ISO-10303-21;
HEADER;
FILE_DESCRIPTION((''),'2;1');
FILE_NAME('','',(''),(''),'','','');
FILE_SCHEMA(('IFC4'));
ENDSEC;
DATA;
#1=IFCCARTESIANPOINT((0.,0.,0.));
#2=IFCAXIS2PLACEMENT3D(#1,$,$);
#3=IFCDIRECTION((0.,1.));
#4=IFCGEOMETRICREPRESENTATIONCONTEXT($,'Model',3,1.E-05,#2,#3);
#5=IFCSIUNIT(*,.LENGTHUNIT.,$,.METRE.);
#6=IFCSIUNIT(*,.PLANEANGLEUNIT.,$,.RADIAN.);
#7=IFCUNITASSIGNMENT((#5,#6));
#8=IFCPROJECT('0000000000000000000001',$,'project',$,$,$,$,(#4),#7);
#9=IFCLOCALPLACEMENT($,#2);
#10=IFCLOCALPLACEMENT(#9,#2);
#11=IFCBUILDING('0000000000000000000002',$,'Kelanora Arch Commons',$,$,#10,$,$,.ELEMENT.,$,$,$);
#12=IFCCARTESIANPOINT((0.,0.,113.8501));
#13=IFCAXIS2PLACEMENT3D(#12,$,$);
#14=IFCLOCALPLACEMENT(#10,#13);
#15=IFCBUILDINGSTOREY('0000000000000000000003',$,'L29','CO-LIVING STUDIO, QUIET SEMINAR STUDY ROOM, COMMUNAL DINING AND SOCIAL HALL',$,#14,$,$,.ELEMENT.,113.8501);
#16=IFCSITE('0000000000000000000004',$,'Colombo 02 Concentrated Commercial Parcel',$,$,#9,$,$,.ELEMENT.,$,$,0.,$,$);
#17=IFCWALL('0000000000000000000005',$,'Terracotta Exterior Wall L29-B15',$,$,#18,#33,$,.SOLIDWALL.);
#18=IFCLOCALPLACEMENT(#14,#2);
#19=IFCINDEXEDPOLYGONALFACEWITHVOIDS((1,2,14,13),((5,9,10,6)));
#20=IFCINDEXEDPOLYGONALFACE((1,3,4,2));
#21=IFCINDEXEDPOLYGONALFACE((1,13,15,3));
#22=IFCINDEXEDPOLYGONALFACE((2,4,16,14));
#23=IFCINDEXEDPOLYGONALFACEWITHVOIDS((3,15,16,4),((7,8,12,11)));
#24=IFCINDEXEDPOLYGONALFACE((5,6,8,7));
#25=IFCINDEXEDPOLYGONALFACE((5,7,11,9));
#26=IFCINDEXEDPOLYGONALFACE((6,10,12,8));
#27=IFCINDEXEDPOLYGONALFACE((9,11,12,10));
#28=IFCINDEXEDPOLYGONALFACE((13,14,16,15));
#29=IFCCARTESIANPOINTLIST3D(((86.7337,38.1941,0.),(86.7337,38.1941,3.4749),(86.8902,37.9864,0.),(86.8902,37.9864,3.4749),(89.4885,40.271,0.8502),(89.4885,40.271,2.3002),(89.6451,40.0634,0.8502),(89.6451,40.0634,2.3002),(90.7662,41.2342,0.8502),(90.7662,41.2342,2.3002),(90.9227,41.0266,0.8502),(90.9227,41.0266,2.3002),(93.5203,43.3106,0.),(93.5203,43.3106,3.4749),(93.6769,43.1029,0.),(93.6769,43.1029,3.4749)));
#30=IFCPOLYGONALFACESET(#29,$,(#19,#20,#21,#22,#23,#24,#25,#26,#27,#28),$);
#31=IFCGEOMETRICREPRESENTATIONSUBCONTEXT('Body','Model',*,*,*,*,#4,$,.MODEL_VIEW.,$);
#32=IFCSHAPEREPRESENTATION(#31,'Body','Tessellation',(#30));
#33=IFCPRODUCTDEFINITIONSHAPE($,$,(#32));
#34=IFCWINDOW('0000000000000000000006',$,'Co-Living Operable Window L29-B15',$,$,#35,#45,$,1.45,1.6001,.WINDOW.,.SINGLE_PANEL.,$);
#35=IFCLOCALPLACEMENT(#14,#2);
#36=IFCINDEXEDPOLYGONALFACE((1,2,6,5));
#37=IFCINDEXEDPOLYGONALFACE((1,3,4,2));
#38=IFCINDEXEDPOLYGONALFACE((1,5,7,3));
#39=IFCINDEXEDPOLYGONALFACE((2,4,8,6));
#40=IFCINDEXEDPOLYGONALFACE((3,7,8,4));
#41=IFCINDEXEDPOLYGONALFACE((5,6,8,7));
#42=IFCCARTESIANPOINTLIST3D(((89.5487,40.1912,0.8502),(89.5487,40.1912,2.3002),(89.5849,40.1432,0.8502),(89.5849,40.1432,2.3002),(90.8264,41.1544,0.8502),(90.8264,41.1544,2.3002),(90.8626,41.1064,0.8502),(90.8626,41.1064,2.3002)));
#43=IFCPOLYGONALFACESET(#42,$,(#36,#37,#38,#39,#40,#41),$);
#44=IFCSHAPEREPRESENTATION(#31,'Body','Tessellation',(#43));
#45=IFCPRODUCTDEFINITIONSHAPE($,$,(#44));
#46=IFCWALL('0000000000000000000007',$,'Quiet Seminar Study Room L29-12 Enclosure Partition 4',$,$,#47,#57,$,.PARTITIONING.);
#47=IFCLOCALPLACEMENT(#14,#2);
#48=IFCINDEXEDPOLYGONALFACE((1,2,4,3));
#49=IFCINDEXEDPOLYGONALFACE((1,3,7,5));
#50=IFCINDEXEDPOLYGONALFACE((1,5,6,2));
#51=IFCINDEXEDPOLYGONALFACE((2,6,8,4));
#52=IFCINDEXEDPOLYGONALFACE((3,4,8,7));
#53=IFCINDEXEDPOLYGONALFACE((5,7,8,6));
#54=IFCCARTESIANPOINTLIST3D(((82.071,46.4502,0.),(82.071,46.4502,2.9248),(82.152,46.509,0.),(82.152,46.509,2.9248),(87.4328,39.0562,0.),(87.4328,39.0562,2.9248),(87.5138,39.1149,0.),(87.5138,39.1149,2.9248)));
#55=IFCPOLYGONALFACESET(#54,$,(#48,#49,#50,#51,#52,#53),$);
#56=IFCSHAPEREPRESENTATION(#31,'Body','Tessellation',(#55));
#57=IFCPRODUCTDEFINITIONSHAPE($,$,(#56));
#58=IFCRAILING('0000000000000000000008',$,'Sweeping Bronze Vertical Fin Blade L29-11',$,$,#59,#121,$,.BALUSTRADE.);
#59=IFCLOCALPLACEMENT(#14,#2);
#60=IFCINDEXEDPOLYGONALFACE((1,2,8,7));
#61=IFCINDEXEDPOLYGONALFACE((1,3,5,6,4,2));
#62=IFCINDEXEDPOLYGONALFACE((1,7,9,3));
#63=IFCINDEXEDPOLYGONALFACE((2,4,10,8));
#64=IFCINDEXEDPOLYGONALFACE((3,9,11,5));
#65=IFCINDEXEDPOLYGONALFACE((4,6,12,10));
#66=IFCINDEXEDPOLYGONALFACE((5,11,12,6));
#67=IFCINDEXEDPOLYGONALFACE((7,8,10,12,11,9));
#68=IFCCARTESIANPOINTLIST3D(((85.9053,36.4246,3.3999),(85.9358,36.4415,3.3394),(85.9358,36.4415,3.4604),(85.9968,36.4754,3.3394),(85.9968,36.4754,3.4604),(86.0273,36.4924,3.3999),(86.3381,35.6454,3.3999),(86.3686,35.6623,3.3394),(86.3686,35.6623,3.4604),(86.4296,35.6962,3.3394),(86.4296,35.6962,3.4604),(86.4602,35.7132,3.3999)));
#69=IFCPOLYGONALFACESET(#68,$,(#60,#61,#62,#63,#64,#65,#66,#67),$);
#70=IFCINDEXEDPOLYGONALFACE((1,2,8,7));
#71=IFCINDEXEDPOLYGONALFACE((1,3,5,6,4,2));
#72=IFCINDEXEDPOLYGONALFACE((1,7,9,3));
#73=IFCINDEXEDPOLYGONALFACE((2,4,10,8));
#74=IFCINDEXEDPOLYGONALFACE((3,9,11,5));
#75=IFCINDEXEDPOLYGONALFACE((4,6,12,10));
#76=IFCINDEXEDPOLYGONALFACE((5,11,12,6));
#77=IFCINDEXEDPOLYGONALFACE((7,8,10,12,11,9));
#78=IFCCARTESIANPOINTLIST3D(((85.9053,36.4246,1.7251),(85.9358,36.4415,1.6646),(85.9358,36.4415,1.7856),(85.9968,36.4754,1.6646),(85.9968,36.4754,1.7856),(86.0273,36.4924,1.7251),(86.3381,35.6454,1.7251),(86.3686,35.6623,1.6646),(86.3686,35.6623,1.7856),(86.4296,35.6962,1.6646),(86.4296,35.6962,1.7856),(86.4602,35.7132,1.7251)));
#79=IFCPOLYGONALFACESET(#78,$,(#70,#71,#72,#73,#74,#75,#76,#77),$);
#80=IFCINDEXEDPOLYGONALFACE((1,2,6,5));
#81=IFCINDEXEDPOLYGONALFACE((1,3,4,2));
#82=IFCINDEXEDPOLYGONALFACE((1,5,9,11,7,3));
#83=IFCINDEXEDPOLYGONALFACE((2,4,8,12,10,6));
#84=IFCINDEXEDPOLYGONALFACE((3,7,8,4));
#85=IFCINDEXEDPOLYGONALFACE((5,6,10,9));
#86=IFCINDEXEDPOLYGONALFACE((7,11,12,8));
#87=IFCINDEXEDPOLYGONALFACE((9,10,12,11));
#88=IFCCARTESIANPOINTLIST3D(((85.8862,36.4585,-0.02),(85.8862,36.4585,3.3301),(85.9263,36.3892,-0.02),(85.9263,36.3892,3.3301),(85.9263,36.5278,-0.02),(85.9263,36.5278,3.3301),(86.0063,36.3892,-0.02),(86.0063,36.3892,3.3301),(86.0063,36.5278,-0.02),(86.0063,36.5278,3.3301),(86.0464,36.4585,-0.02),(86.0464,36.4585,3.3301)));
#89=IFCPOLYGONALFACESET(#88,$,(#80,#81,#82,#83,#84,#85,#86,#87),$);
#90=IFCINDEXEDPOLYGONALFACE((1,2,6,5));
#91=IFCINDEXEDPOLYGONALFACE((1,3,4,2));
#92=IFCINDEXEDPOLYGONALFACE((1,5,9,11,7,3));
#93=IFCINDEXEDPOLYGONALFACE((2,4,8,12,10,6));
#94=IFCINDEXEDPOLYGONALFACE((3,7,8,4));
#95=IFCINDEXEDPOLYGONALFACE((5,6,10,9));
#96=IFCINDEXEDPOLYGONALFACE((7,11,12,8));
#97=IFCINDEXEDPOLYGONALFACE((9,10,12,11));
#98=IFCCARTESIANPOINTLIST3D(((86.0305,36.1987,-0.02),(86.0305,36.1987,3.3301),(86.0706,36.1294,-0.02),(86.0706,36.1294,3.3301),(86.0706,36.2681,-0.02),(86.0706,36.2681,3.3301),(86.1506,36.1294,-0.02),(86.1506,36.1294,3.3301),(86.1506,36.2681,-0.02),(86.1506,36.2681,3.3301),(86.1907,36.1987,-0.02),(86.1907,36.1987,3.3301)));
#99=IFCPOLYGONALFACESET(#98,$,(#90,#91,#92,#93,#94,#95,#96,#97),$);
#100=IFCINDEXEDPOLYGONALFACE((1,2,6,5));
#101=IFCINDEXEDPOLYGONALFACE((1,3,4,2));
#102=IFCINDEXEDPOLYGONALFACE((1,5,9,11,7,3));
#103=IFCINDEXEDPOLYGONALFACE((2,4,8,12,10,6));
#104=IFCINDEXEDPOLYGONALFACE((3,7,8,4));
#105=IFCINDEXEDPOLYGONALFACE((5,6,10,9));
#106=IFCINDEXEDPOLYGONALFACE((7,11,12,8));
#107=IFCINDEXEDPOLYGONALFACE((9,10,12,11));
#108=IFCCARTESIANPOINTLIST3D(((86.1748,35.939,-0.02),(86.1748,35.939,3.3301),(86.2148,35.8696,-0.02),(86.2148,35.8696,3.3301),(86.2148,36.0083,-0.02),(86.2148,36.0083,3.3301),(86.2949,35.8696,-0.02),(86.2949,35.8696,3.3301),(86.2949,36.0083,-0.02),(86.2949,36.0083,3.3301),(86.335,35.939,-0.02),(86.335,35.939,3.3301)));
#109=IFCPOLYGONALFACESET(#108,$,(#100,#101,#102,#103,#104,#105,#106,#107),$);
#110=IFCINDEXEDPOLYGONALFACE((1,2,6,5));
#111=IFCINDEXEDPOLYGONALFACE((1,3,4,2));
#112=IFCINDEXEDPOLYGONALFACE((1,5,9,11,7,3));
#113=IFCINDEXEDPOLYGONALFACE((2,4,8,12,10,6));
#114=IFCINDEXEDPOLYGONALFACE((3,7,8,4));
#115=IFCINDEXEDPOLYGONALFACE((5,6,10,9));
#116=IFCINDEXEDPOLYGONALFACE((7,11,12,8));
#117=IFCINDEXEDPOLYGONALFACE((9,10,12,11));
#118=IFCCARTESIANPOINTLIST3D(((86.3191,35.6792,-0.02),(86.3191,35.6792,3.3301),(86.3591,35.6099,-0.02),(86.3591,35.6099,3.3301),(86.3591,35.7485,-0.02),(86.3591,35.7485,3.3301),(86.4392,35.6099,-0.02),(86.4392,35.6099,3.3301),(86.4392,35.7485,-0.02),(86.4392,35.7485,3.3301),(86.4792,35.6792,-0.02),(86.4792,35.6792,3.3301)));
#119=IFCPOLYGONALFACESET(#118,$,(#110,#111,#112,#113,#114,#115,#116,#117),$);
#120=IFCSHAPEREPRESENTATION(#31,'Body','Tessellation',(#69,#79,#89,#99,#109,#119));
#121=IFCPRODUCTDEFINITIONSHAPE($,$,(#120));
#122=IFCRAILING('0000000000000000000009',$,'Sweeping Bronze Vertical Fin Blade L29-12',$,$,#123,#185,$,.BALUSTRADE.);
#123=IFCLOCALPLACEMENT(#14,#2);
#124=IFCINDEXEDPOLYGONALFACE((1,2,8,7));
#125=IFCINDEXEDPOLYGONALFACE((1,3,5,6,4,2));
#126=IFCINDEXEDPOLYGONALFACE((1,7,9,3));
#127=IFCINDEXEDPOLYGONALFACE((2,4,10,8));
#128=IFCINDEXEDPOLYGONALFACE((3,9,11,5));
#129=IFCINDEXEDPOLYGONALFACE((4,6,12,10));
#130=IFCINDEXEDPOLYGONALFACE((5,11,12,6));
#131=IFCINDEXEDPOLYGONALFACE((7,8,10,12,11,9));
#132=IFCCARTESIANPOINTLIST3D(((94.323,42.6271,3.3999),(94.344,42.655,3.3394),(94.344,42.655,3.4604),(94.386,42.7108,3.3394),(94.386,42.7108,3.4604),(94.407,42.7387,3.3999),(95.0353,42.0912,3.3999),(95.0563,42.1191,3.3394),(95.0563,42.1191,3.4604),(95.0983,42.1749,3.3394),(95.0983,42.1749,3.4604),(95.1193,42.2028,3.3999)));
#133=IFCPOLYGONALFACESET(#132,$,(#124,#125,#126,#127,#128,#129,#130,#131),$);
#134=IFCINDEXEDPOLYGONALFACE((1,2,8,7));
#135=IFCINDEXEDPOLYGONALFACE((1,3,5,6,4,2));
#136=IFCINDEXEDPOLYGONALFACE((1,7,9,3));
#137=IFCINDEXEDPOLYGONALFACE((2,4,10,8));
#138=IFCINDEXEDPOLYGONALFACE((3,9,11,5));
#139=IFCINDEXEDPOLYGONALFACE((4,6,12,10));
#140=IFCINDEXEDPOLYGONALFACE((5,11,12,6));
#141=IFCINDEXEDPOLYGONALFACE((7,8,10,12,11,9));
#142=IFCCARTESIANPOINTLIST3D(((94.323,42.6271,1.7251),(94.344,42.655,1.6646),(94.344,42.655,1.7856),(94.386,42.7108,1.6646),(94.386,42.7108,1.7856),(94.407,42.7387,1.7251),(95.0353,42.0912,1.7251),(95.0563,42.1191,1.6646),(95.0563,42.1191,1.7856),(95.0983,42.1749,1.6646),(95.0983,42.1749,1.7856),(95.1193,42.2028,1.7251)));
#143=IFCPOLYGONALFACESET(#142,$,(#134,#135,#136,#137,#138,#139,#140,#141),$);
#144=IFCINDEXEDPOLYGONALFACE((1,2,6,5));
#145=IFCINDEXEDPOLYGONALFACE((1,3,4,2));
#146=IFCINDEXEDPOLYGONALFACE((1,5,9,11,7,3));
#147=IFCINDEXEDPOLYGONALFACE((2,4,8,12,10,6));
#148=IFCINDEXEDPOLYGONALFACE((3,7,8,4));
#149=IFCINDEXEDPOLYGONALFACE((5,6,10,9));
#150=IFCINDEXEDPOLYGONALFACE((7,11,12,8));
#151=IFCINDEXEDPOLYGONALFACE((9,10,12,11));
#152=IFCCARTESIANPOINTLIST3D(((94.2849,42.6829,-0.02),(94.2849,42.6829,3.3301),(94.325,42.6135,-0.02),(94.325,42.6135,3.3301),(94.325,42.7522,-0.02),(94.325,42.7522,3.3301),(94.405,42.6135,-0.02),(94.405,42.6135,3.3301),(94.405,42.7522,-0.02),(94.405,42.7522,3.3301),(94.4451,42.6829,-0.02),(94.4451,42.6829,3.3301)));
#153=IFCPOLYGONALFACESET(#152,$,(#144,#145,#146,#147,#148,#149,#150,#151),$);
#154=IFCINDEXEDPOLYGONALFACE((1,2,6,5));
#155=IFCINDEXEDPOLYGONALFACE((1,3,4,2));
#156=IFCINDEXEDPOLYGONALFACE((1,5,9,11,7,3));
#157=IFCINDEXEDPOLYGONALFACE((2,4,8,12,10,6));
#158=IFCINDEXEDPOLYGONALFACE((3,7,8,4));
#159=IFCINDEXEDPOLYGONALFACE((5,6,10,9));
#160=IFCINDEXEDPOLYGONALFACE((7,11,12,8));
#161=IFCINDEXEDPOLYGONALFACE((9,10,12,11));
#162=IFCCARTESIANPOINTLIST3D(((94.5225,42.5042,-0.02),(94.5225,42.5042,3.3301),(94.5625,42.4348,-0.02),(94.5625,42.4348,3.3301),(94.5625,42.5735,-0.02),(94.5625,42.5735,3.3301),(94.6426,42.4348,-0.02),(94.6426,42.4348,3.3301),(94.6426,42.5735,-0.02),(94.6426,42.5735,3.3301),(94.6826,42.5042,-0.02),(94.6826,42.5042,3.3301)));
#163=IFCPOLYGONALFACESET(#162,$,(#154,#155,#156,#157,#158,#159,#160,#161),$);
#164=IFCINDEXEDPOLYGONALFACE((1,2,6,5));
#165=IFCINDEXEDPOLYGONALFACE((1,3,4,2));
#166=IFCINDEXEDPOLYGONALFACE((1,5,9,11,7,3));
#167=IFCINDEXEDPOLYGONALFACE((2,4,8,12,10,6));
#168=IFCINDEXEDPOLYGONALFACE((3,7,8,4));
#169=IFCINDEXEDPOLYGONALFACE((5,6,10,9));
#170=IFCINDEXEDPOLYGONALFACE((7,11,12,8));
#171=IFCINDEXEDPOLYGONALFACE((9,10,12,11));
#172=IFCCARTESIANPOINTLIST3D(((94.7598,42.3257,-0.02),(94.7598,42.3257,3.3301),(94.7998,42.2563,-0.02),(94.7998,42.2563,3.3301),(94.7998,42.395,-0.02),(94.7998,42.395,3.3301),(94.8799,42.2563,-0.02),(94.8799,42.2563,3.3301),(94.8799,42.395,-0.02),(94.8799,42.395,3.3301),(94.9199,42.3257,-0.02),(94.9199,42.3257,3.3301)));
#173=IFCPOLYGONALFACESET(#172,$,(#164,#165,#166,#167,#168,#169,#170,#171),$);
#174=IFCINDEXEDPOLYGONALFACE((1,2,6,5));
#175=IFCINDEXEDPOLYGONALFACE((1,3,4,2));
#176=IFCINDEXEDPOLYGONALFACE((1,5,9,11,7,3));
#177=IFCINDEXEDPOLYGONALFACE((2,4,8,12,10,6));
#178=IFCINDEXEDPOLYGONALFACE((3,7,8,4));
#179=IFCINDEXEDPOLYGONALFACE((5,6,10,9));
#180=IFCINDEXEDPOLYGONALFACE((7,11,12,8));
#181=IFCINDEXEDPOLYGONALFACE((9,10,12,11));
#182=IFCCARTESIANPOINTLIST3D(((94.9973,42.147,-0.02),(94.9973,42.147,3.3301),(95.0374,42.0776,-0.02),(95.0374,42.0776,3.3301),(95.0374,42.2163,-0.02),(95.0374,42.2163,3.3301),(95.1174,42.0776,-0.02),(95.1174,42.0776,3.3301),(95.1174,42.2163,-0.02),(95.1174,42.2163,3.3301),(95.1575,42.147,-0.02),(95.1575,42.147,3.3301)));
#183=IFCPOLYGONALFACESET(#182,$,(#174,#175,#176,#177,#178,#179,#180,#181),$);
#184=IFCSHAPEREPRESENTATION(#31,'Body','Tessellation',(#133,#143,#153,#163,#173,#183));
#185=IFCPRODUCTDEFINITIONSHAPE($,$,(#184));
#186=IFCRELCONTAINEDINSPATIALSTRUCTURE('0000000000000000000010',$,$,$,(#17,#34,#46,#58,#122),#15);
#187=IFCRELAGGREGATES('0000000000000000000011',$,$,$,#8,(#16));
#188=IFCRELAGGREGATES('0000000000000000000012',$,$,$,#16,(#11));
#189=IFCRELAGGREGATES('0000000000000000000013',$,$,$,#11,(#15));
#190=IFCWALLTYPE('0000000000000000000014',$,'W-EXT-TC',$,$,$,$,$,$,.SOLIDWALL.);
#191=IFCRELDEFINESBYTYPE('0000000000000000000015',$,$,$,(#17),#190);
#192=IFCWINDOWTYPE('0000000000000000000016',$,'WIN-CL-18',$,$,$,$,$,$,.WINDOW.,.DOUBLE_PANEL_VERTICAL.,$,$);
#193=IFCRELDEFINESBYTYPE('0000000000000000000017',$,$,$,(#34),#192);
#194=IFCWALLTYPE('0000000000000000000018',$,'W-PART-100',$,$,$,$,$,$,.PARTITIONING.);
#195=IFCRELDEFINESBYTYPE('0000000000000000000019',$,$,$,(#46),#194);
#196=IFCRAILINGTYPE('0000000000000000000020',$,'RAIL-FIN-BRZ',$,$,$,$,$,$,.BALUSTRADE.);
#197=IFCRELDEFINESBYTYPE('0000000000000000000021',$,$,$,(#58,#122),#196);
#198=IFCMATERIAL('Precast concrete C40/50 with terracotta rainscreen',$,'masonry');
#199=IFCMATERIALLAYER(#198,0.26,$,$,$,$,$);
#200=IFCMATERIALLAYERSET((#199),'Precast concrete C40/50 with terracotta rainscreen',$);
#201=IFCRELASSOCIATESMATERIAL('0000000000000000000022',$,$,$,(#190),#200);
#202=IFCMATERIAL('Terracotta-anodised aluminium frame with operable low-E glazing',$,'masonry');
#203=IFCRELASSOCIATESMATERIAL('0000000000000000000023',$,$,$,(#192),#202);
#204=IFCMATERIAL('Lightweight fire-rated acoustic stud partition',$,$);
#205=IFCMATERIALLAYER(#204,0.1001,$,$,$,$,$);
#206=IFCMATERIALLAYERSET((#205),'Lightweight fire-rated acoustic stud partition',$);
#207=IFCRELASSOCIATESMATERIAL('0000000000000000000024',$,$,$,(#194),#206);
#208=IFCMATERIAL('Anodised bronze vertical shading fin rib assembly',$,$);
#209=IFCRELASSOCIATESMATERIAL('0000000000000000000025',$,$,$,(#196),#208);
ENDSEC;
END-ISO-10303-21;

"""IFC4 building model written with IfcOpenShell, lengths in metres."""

from ifc_helpers import new_model, si_unit, direction, frame, frame_2d, origin, place, context, subcontext, project, spatial, polyline, rectangle, outline, extrude, material, layer, layer_set, type_object, element, fill, save


model = new_model("IFC4")

# Units and contexts
model_context = context("Model", 3, precision=1e-05, world=origin(), true_north=direction((0.0, 1.0)))
body_context = subcontext(model_context, "Body", "Model", "MODEL_VIEW")
ifc_project = project(units=[si_unit("LENGTHUNIT", "METRE"), si_unit("PLANEANGLEUNIT", "RADIAN")], contexts=[model_context])

# Site, building, storey
site_placement = place(None, origin())
site = spatial("IfcSite", under=ifc_project, at=site_placement, Name="Colombo 02 Concentrated Commercial Parcel", CompositionType="ELEMENT", RefElevation=0.0)
building_placement = place(site_placement, origin())
building = spatial("IfcBuilding", under=site, at=building_placement, Name="Kelanora Arch Commons", CompositionType="ELEMENT")
storey_placement = place(building_placement, frame((0.0, 0.0, 113.8501)))
storey = spatial("IfcBuildingStorey", under=building, at=storey_placement, Name="L29", Description="CO-LIVING STUDIO, QUIET SEMINAR STUDY ROOM, COMMUNAL DINING AND SOCIAL HALL", CompositionType="ELEMENT", Elevation=113.8501)

# Wall, opening, window
ifc_material_1 = material(Name="Precast concrete C40/50 with terracotta rainscreen", Category="masonry")
ifc_layer_1 = layer(ifc_material_1, 0.26)
ifc_layer_set_1 = layer_set([ifc_layer_1], Name="Precast concrete C40/50 with terracotta rainscreen")
wall_type_1 = type_object("IfcWallType", Name="W-EXT-TC", PredefinedType="SOLIDWALL", material=ifc_layer_set_1)
wall_1_placement = place(storey_placement, frame((86.812, 38.0903, 0.0), z_axis=(0.0, 0.0, 1.0), x_axis=(0.798502, 0.601993, 0.0)))
wall_1 = element("IfcWall", 1, at=wall_1_placement, inside=storey, type_object=wall_type_1, Name="Terracotta Exterior Wall L29-B15", PredefinedType="SOLIDWALL", context=body_context, shape_type="SweptSolid", body=[
    extrude(rectangle(XDim=8.4993, YDim=0.26, at=frame_2d((4.2495, 0.0))), origin(), (0.0, 0.0, 1.0), 3.4749),
])
opening_placement = place(wall_1_placement, frame((3.45, 0.0, 0.8501)))
opening = element("IfcOpeningElement", 2, at=opening_placement, cuts=wall_1, PredefinedType="OPENING", context=body_context, shape_type="SweptSolid", body=[
    extrude(rectangle(XDim=1.6001, YDim=1.45, at=frame_2d((0.8, 0.7251))), frame((0.0, 0.1401, 0.0), z_axis=(0.0, -1.0, 0.0), x_axis=(1.0, 0.0, 0.0)), (0.0, 0.0, 1.0), 0.28),
])
ifc_material_2 = material(Name="Terracotta-anodised aluminium frame with operable low-E glazing", Category="masonry")
window_type = type_object("IfcWindowType", Name="WIN-CL-18", PartitioningType="DOUBLE_PANEL_VERTICAL", PredefinedType="WINDOW", material=ifc_material_2)
window_placement = place(opening_placement, origin())
window = element("IfcWindow", 3, at=window_placement, inside=storey, type_object=window_type, Name="Co-Living Operable Window L29-B15", OverallHeight=1.45, OverallWidth=1.6001, PartitioningType="SINGLE_PANEL", PredefinedType="WINDOW", context=body_context, shape_type="SweptSolid", body=[
    extrude(rectangle(XDim=1.6001, YDim=1.45, at=frame_2d((0.8, 0.7251))), frame((0.0, 0.03, 0.0), z_axis=(0.0, -1.0, 0.0), x_axis=(1.0, 0.0, 0.0)), (0.0, 0.0, 1.0), 0.0601),
])
fill(opening, window)

# Wall
ifc_material_3 = material(Name="Lightweight fire-rated acoustic stud partition")
ifc_layer_2 = layer(ifc_material_3, 0.1001)
ifc_layer_set_2 = layer_set([ifc_layer_2], Name="Lightweight fire-rated acoustic stud partition")
wall_type_2 = type_object("IfcWallType", Name="W-PART-100", PredefinedType="PARTITIONING", material=ifc_layer_set_2)
wall_2_placement = place(storey_placement, frame((87.4734, 39.0854, 0.0), z_axis=(0.0, 0.0, 1.0), x_axis=(-0.587049, 0.809551, 0.0)))
element("IfcWall", 4, at=wall_2_placement, inside=storey, type_object=wall_type_2, Name="Quiet Seminar Study Room L29-12 Enclosure Partition 4", PredefinedType="PARTITIONING", context=body_context, shape_type="SweptSolid", body=[
    extrude(rectangle(XDim=9.1335, YDim=0.1001, at=frame_2d((4.5669, 0.0))), origin(), (0.0, 0.0, 1.0), 2.9248),
])

# Railings
ifc_material_4 = material(Name="Anodised bronze vertical shading fin rib assembly")
railing_type = type_object("IfcRailingType", Name="RAIL-FIN-BRZ", PredefinedType="BALUSTRADE", material=ifc_material_4)
railing_1_placement = place(storey_placement, frame((85.9663, 36.4585, -0.02)))
element("IfcRailing", 5, at=railing_1_placement, inside=storey, type_object=railing_type, Name="Sweeping Bronze Vertical Fin Blade L29-11", PredefinedType="BALUSTRADE", context=body_context, shape_type="SweptSolid", body=[
    extrude(outline(polyline([(0.0698, 0.0), (0.0349, 0.0605), (-0.0349, 0.0605), (-0.0698, 0.0), (-0.0349, -0.0605), (0.0349, -0.0605), (0.0698, 0.0)])), frame((0.0, 0.0, 3.4199), z_axis=(0.485573, -0.874196, 0.0), x_axis=(0.874196, 0.485573, 0.0)), (0.0, 0.0, 1.0), 0.8914),
    extrude(outline(polyline([(0.0698, 0.0), (0.0349, 0.0605), (-0.0349, 0.0605), (-0.0698, 0.0), (-0.0349, -0.0605), (0.0349, -0.0605), (0.0698, 0.0)])), frame((0.0, 0.0, 1.7451), z_axis=(0.485573, -0.874196, 0.0), x_axis=(0.874196, 0.485573, 0.0)), (0.0, 0.0, 1.0), 0.8914),
    extrude(outline(polyline([(0.0801, 0.0), (0.04, 0.0693), (-0.04, 0.0693), (-0.0801, 0.0), (-0.04, -0.0693), (0.04, -0.0693), (0.0801, 0.0)])), origin(), (0.0, 0.0, 1.0), 3.3501),
    extrude(outline(polyline([(0.0801, 0.0), (0.04, 0.0693), (-0.04, 0.0693), (-0.0801, 0.0), (-0.04, -0.0693), (0.04, -0.0693), (0.0801, 0.0)])), frame((0.1443, -0.2598, 0.0)), (0.0, 0.0, 1.0), 3.3501),
    extrude(outline(polyline([(0.0801, 0.0), (0.04, 0.0693), (-0.04, 0.0693), (-0.0801, 0.0), (-0.04, -0.0693), (0.04, -0.0693), (0.0801, 0.0)])), frame((0.2886, -0.5195, 0.0)), (0.0, 0.0, 1.0), 3.3501),
    extrude(outline(polyline([(0.0801, 0.0), (0.04, 0.0693), (-0.04, 0.0693), (-0.0801, 0.0), (-0.04, -0.0693), (0.04, -0.0693), (0.0801, 0.0)])), frame((0.4329, -0.7793, 0.0)), (0.0, 0.0, 1.0), 3.3501),
])
railing_2_placement = place(storey_placement, frame((94.365, 42.6829, -0.02)))
element("IfcRailing", 6, at=railing_2_placement, inside=storey, type_object=railing_type, Name="Sweeping Bronze Vertical Fin Blade L29-12", PredefinedType="BALUSTRADE", context=body_context, shape_type="SweptSolid", body=[
    extrude(outline(polyline([(0.0698, 0.0), (0.0349, 0.0605), (-0.0349, 0.0605), (-0.0698, 0.0), (-0.0349, -0.0605), (0.0349, -0.0605), (0.0698, 0.0)])), frame((0.0, 0.0, 3.4199), z_axis=(0.799145, -0.601139, 0.0), x_axis=(0.601139, 0.799145, 0.0)), (0.0, 0.0, 1.0), 0.8914),
    extrude(outline(polyline([(0.0698, 0.0), (0.0349, 0.0605), (-0.0349, 0.0605), (-0.0698, 0.0), (-0.0349, -0.0605), (0.0349, -0.0605), (0.0698, 0.0)])), frame((0.0, 0.0, 1.7451), z_axis=(0.799145, -0.601139, 0.0), x_axis=(0.601139, 0.799145, 0.0)), (0.0, 0.0, 1.0), 0.8914),
    extrude(outline(polyline([(0.0801, 0.0), (0.04, 0.0693), (-0.04, 0.0693), (-0.0801, 0.0), (-0.04, -0.0693), (0.04, -0.0693), (0.0801, 0.0)])), origin(), (0.0, 0.0, 1.0), 3.3501),
    extrude(outline(polyline([(0.0801, 0.0), (0.04, 0.0693), (-0.04, 0.0693), (-0.0801, 0.0), (-0.04, -0.0693), (0.04, -0.0693), (0.0801, 0.0)])), frame((0.2375, -0.1787, 0.0)), (0.0, 0.0, 1.0), 3.3501),
    extrude(outline(polyline([(0.0801, 0.0), (0.04, 0.0693), (-0.04, 0.0693), (-0.0801, 0.0), (-0.04, -0.0693), (0.04, -0.0693), (0.0801, 0.0)])), frame((0.4749, -0.3572, 0.0)), (0.0, 0.0, 1.0), 3.3501),
    extrude(outline(polyline([(0.0801, 0.0), (0.04, 0.0693), (-0.04, 0.0693), (-0.0801, 0.0), (-0.04, -0.0693), (0.04, -0.0693), (0.0801, 0.0)])), frame((0.7124, -0.5359, 0.0)), (0.0, 0.0, 1.0), 3.3501),
])

save(model, "model.ifc")
